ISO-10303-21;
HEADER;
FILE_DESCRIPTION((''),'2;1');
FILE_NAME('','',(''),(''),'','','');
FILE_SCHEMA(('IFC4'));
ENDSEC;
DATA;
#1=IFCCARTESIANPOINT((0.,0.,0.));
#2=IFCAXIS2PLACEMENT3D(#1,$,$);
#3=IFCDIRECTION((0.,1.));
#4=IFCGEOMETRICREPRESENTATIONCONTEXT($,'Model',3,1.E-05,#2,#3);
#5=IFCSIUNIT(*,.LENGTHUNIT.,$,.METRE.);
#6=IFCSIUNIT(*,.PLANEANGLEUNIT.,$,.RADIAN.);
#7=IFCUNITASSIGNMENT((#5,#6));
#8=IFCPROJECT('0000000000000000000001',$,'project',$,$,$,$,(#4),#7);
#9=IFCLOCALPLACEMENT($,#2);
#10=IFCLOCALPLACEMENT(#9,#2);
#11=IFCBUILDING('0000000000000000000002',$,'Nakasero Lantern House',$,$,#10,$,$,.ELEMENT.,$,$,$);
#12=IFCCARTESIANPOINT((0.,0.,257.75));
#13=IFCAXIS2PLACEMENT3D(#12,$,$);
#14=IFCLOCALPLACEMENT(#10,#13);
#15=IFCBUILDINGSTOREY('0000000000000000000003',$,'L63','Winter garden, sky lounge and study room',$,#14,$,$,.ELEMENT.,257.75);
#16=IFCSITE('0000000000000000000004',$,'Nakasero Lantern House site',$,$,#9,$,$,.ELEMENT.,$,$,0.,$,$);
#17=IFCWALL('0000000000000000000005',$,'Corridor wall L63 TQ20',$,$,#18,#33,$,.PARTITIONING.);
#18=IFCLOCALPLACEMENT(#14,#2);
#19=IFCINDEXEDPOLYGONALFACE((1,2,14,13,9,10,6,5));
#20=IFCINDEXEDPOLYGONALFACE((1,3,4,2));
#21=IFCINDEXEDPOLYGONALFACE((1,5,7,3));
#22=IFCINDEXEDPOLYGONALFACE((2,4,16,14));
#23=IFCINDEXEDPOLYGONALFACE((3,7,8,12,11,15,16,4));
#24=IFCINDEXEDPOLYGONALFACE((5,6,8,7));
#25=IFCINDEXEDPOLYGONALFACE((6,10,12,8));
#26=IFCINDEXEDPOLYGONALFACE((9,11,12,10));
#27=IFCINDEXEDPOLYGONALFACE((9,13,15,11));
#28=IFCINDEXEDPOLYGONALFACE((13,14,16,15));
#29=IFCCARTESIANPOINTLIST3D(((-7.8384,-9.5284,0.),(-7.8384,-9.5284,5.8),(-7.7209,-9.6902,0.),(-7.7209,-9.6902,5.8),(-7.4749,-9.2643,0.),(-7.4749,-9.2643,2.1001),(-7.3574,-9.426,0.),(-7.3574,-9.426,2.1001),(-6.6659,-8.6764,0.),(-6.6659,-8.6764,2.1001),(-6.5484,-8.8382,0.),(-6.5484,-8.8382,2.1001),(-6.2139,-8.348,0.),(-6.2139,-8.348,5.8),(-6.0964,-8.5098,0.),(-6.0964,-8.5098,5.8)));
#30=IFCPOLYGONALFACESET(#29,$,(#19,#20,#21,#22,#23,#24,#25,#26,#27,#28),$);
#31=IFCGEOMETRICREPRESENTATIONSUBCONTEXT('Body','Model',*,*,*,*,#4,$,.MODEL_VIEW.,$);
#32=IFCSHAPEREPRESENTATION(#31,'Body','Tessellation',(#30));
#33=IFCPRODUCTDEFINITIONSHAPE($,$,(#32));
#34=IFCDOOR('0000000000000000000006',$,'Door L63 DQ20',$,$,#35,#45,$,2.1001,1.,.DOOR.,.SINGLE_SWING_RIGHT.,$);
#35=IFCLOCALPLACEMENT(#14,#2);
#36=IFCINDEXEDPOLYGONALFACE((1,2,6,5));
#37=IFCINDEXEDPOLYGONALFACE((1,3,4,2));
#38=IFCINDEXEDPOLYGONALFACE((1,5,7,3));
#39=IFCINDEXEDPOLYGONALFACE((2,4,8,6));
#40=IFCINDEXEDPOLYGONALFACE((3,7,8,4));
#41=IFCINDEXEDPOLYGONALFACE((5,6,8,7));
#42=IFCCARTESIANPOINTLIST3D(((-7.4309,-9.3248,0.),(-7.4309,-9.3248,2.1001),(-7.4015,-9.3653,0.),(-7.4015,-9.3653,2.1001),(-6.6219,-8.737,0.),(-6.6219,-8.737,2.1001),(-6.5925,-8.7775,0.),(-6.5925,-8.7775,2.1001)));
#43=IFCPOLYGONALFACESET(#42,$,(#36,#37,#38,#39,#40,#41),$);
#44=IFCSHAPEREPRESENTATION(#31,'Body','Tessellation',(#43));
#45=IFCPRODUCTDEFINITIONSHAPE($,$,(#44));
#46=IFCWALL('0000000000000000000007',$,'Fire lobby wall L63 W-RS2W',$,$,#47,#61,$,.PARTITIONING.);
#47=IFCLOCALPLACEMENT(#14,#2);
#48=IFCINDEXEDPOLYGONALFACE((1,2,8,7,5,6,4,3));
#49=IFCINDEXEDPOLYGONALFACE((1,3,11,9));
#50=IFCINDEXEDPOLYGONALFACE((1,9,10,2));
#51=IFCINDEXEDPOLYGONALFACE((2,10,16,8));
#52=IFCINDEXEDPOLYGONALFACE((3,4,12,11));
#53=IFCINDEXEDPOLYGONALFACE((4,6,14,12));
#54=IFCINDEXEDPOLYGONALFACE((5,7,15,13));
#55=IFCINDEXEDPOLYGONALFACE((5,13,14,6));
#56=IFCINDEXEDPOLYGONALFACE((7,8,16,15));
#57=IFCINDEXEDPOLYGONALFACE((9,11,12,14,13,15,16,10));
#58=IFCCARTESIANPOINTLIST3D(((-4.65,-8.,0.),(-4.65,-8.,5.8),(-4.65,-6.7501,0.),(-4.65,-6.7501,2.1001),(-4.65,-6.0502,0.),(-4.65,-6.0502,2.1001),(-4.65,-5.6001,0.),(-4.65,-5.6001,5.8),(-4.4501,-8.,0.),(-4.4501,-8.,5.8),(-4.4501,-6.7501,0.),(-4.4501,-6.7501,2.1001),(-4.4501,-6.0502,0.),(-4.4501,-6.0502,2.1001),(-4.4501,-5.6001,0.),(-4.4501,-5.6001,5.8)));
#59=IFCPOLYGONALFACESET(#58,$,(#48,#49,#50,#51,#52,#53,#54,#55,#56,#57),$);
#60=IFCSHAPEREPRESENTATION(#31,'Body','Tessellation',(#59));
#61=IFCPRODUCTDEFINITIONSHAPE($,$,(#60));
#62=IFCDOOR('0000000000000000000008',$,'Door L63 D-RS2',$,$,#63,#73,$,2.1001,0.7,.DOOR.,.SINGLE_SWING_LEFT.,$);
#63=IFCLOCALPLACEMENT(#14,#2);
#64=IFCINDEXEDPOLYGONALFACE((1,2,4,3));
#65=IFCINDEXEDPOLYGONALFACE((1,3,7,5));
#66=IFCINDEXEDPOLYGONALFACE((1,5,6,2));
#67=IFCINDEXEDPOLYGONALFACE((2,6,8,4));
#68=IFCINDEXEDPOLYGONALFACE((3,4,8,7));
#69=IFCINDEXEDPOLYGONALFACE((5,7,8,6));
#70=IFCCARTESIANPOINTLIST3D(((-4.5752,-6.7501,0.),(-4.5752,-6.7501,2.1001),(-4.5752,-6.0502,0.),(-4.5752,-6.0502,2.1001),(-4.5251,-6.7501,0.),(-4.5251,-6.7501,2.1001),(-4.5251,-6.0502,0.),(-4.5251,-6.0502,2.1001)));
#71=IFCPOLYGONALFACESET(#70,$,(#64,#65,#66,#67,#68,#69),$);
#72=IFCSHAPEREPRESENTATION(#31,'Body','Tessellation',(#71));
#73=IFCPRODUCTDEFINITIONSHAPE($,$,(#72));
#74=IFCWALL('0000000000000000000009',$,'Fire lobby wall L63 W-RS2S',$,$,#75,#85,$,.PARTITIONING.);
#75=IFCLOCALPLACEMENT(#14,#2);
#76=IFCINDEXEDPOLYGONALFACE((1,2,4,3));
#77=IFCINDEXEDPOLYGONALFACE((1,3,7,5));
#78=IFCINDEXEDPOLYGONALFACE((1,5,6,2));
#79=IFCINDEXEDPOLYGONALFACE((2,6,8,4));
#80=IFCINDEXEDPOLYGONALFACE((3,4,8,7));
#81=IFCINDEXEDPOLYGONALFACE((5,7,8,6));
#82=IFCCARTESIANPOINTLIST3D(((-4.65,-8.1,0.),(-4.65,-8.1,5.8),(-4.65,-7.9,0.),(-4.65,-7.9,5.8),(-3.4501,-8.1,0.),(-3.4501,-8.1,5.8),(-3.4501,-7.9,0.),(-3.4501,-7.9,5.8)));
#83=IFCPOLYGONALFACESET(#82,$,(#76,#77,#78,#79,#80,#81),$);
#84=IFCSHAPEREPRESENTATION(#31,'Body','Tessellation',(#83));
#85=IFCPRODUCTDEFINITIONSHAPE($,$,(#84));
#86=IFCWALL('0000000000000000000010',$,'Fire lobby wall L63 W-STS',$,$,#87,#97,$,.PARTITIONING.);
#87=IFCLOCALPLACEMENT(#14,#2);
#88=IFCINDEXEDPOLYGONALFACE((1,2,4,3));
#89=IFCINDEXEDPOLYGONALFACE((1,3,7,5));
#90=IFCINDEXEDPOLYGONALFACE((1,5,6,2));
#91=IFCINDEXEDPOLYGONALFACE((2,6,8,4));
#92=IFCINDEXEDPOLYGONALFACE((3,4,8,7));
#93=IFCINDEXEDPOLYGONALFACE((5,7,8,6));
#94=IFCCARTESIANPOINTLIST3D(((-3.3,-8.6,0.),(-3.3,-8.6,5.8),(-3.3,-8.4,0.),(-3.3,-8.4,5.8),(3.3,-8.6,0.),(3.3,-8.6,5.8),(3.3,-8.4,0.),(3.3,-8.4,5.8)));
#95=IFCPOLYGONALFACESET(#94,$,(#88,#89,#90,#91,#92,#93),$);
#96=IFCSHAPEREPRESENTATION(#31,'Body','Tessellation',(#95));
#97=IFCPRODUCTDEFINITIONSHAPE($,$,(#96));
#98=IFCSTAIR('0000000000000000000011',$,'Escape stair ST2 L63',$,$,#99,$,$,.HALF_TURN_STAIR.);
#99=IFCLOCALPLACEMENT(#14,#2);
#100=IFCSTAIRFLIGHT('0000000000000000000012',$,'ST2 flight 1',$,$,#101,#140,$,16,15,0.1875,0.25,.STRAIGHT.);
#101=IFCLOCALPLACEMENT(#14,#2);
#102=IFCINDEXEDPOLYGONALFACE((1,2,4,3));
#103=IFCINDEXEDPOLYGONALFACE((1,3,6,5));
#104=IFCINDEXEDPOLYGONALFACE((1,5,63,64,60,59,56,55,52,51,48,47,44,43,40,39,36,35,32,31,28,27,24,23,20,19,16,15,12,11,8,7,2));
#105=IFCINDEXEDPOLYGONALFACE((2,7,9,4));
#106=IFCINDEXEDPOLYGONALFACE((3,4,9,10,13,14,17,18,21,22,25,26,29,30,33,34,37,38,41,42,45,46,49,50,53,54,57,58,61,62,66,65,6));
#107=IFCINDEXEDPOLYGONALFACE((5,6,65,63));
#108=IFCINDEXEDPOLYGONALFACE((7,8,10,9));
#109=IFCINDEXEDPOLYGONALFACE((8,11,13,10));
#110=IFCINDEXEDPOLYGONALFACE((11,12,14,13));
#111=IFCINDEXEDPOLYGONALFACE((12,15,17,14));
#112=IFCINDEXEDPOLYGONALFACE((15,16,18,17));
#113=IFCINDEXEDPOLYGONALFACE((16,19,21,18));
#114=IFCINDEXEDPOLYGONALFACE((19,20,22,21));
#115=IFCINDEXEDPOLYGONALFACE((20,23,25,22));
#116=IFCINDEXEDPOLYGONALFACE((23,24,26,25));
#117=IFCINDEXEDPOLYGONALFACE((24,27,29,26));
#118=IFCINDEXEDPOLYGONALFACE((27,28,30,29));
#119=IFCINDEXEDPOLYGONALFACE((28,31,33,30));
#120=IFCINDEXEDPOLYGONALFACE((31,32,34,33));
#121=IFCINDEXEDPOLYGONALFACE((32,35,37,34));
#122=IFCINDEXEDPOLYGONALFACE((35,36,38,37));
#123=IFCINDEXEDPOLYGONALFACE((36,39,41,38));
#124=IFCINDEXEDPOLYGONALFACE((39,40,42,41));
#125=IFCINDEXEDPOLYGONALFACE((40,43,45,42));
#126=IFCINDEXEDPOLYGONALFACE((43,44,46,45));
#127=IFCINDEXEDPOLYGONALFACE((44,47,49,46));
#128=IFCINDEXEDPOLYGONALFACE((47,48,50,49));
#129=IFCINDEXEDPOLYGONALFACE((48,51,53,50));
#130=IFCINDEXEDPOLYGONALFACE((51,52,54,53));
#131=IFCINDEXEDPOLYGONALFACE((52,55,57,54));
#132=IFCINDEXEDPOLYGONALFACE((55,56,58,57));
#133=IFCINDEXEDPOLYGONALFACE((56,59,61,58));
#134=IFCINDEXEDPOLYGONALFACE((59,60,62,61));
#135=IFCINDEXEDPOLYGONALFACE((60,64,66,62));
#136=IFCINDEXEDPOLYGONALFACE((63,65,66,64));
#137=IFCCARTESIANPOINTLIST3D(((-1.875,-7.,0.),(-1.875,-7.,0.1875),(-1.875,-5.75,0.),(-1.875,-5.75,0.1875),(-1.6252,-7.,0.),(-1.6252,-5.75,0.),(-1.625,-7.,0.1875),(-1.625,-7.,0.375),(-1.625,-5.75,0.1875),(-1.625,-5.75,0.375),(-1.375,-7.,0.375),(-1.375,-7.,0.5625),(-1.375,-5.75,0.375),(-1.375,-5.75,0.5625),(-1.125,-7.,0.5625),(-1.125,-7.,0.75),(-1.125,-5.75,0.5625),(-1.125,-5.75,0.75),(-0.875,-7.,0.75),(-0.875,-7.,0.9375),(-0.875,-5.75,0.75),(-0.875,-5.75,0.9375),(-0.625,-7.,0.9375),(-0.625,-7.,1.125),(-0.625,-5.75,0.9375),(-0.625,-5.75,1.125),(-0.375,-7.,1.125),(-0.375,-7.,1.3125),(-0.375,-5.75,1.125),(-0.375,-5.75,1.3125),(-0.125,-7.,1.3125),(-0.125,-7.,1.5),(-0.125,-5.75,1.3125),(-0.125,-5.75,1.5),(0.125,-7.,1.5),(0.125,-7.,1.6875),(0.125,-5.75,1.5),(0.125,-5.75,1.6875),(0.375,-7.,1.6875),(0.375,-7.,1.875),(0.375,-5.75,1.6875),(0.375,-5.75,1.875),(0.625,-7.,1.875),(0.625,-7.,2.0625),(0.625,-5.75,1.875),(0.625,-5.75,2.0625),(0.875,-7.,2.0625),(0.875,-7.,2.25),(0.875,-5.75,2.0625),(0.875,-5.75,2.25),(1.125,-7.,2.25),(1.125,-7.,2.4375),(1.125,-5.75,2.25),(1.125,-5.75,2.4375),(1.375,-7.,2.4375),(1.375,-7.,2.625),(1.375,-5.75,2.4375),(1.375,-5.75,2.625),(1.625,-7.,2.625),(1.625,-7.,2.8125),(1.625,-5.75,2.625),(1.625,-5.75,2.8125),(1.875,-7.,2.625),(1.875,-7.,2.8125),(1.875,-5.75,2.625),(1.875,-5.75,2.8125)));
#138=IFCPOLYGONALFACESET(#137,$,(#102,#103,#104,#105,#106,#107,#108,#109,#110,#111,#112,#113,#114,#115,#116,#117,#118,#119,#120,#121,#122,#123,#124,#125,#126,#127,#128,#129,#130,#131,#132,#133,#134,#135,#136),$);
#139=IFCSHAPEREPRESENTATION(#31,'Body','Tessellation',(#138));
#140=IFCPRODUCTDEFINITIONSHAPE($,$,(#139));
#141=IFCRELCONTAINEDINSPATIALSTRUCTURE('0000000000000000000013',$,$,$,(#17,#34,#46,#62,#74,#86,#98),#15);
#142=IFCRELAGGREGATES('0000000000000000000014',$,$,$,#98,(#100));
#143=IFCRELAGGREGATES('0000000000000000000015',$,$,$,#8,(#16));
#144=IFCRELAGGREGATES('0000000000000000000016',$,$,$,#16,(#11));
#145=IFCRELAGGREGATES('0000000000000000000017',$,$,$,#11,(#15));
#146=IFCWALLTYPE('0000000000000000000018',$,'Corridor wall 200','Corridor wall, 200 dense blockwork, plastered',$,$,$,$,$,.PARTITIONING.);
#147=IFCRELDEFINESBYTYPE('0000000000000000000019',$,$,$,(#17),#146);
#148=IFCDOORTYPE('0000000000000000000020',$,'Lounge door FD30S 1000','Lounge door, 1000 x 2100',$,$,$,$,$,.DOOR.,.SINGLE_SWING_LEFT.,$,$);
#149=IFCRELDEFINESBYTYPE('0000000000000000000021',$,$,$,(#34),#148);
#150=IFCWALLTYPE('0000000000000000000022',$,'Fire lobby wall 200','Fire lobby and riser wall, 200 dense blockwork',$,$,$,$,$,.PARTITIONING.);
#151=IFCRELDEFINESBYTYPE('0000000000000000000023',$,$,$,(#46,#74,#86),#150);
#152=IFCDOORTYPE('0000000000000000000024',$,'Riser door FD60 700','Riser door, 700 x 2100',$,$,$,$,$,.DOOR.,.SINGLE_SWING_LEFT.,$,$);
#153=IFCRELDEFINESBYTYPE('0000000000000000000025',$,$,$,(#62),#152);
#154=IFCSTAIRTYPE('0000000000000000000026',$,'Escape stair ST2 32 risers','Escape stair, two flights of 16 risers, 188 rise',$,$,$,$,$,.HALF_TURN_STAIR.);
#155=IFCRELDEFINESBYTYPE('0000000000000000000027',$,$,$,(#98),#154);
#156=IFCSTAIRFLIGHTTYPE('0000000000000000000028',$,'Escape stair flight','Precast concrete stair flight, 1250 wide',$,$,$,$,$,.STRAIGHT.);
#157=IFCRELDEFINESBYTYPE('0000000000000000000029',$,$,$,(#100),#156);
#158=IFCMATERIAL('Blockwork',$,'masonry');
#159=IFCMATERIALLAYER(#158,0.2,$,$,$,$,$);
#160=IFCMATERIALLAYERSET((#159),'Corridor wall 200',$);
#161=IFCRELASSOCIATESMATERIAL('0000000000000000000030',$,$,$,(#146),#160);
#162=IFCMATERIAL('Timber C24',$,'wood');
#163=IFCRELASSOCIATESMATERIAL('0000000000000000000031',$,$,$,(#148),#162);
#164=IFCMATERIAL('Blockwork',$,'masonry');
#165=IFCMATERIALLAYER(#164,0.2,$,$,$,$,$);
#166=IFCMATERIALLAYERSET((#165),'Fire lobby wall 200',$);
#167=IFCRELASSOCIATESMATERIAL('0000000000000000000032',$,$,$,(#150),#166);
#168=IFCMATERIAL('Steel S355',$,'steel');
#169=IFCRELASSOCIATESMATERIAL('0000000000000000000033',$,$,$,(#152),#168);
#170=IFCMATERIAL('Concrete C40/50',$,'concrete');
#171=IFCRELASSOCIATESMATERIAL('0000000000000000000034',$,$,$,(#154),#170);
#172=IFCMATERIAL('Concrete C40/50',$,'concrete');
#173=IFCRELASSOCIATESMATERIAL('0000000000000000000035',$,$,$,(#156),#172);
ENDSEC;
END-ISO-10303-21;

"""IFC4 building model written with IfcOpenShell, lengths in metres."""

from ifc_helpers import new_model, si_unit, direction, frame, frame_2d, origin, place, context, subcontext, project, spatial, polyline, rectangle, outline, extrude, material, layer, layer_set, type_object, element, fill, aggregate, save


model = new_model("IFC4")

# Units and contexts
model_context = context("Model", 3, precision=1e-05, world=origin(), true_north=direction((0.0, 1.0)))
body_context = subcontext(model_context, "Body", "Model", "MODEL_VIEW")
ifc_project = project(units=[si_unit("LENGTHUNIT", "METRE"), si_unit("PLANEANGLEUNIT", "RADIAN")], contexts=[model_context])

# Site, building, storey
site_placement = place(None, origin())
site = spatial("IfcSite", under=ifc_project, at=site_placement, Name="Nakasero Lantern House site", CompositionType="ELEMENT", RefElevation=0.0)
building_placement = place(site_placement, origin())
building = spatial("IfcBuilding", under=site, at=building_placement, Name="Nakasero Lantern House", CompositionType="ELEMENT")
storey_placement = place(building_placement, frame((0.0, 0.0, 257.75)))
storey = spatial("IfcBuildingStorey", under=building, at=storey_placement, Name="L63", Description="Winter garden, sky lounge and study room", CompositionType="ELEMENT", Elevation=257.75)

# Walls, openings, doors
ifc_material_1 = material(Name="Blockwork", Category="masonry")
ifc_layer_1 = layer(ifc_material_1, 0.2)
ifc_layer_set_1 = layer_set([ifc_layer_1], Name="Corridor wall 200")
wall_type_1 = type_object("IfcWallType", Name="Corridor wall 200", Description="Corridor wall, 200 dense blockwork, plastered", PredefinedType="PARTITIONING", material=ifc_layer_set_1)
wall_1_placement = place(storey_placement, frame((-6.1553, -8.429, 0.0), z_axis=(0.0, 0.0, 1.0), x_axis=(-0.808983, -0.587832, 0.0)))
wall_1 = element("IfcWall", 1, at=wall_1_placement, inside=storey, type_object=wall_type_1, Name="Corridor wall L63 TQ20", PredefinedType="PARTITIONING", context=body_context, shape_type="SweptSolid", body=[
    extrude(rectangle(XDim=2.0081, YDim=0.2, at=frame_2d((1.0039, 0.0))), origin(), (0.0, 0.0, 1.0), 5.8),
])
opening_1_placement = place(wall_1_placement, frame((0.5586, 0.0, 0.0)))
opening_1 = element("IfcOpeningElement", 2, at=opening_1_placement, cuts=wall_1, PredefinedType="OPENING", context=body_context, shape_type="SweptSolid", body=[
    extrude(rectangle(XDim=1.0, YDim=2.1001, at=frame_2d((0.5, 1.05))), frame((0.0, 0.1199, 0.0), z_axis=(0.0, -1.0, 0.0), x_axis=(1.0, 0.0, 0.0)), (0.0, 0.0, 1.0), 0.24),
])
ifc_material_2 = material(Name="Timber C24", Category="wood")
door_type_1 = type_object("IfcDoorType", Name="Lounge door FD30S 1000", Description="Lounge door, 1000 x 2100", OperationType="SINGLE_SWING_LEFT", PredefinedType="DOOR", material=ifc_material_2)
door_1_placement = place(opening_1_placement, origin())
door_1 = element("IfcDoor", 3, at=door_1_placement, inside=storey, type_object=door_type_1, Name="Door L63 DQ20", OperationType="SINGLE_SWING_RIGHT", OverallHeight=2.1001, OverallWidth=1.0, PredefinedType="DOOR", context=body_context, shape_type="SweptSolid", body=[
    extrude(rectangle(XDim=1.0, YDim=2.1001, at=frame_2d((0.5, 1.05))), frame((0.0, 0.0249, 0.0), z_axis=(0.0, -1.0, 0.0), x_axis=(1.0, 0.0, 0.0)), (0.0, 0.0, 1.0), 0.05),
])
fill(opening_1, door_1)
ifc_material_3 = material(Name="Blockwork", Category="masonry")
ifc_layer_2 = layer(ifc_material_3, 0.2)
ifc_layer_set_2 = layer_set([ifc_layer_2], Name="Fire lobby wall 200")
wall_type_2 = type_object("IfcWallType", Name="Fire lobby wall 200", Description="Fire lobby and riser wall, 200 dense blockwork", PredefinedType="PARTITIONING", material=ifc_layer_set_2)
wall_2_placement = place(storey_placement, frame((-4.55, -5.6001, 0.0), z_axis=(0.0, 0.0, 1.0), x_axis=(0.0, -1.0, 0.0)))
wall_2 = element("IfcWall", 4, at=wall_2_placement, inside=storey, type_object=wall_type_2, Name="Fire lobby wall L63 W-RS2W", PredefinedType="PARTITIONING", context=body_context, shape_type="SweptSolid", body=[
    extrude(rectangle(XDim=2.3999, YDim=0.2, at=frame_2d((1.2, 0.0))), origin(), (0.0, 0.0, 1.0), 5.8),
])
opening_2_placement = place(wall_2_placement, frame((0.45, 0.0, 0.0)))
opening_2 = element("IfcOpeningElement", 5, at=opening_2_placement, cuts=wall_2, PredefinedType="OPENING", context=body_context, shape_type="SweptSolid", body=[
    extrude(rectangle(XDim=0.7, YDim=2.1001, at=frame_2d((0.3501, 1.05))), frame((0.0, 0.1199, 0.0), z_axis=(0.0, -1.0, 0.0), x_axis=(1.0, 0.0, 0.0)), (0.0, 0.0, 1.0), 0.24),
])
ifc_material_4 = material(Name="Steel S355", Category="steel")
door_type_2 = type_object("IfcDoorType", Name="Riser door FD60 700", Description="Riser door, 700 x 2100", OperationType="SINGLE_SWING_LEFT", PredefinedType="DOOR", material=ifc_material_4)
door_2_placement = place(opening_2_placement, origin())
door_2 = element("IfcDoor", 6, at=door_2_placement, inside=storey, type_object=door_type_2, Name="Door L63 D-RS2", OperationType="SINGLE_SWING_LEFT", OverallHeight=2.1001, OverallWidth=0.7, PredefinedType="DOOR", context=body_context, shape_type="SweptSolid", body=[
    extrude(rectangle(XDim=0.7, YDim=2.1001, at=frame_2d((0.3501, 1.05))), frame((0.0, 0.0249, 0.0), z_axis=(0.0, -1.0, 0.0), x_axis=(1.0, 0.0, 0.0)), (0.0, 0.0, 1.0), 0.05),
])
fill(opening_2, door_2)

# Walls
wall_3_placement = place(storey_placement, frame((-3.45, -8.0, 0.0), z_axis=(0.0, 0.0, 1.0), x_axis=(-1.0, 0.0, 0.0)))
element("IfcWall", 7, at=wall_3_placement, inside=storey, type_object=wall_type_2, Name="Fire lobby wall L63 W-RS2S", PredefinedType="PARTITIONING", context=body_context, shape_type="SweptSolid", body=[
    extrude(rectangle(XDim=1.2, YDim=0.2, at=frame_2d((0.6001, 0.0))), origin(), (0.0, 0.0, 1.0), 5.8),
])
wall_4_placement = place(storey_placement, frame((-3.3, -8.5, 0.0), z_axis=(0.0, 0.0, 1.0), x_axis=(1.0, 0.0, 0.0)))
element("IfcWall", 8, at=wall_4_placement, inside=storey, type_object=wall_type_2, Name="Fire lobby wall L63 W-STS", PredefinedType="PARTITIONING", context=body_context, shape_type="SweptSolid", body=[
    extrude(rectangle(XDim=6.6001, YDim=0.2, at=frame_2d((3.3, 0.0))), origin(), (0.0, 0.0, 1.0), 5.8),
])

# Stair, stair flight
ifc_material_5 = material(Name="Concrete C40/50", Category="concrete")
stair_type = type_object("IfcStairType", Name="Escape stair ST2 32 risers", Description="Escape stair, two flights of 16 risers, 188 rise", PredefinedType="HALF_TURN_STAIR", material=ifc_material_5)
stair_placement = place(storey_placement, origin())
stair = element("IfcStair", 9, at=stair_placement, inside=storey, type_object=stair_type, Name="Escape stair ST2 L63", PredefinedType="HALF_TURN_STAIR")
ifc_material_6 = material(Name="Concrete C40/50", Category="concrete")
stair_flight_type = type_object("IfcStairFlightType", Name="Escape stair flight", Description="Precast concrete stair flight, 1250 wide", PredefinedType="STRAIGHT", material=ifc_material_6)
stair_flight_placement = place(storey_placement, frame((-1.875, -6.375, 0.0), z_axis=(0.0, 0.0, 1.0), x_axis=(1.0, 0.0, 0.0)))
stair_flight = element("IfcStairFlight", 10, at=stair_flight_placement, type_object=stair_flight_type, Name="ST2 flight 1", NumberOfRisers=16, NumberOfTreads=15, PredefinedType="STRAIGHT", RiserHeight=0.1875, TreadLength=0.25, context=body_context, shape_type="SweptSolid", body=[
    extrude(outline(polyline([(0.0, 0.0), (0.0, 0.1875), (0.25, 0.1875), (0.25, 0.375), (0.5, 0.375), (0.5, 0.5625), (0.75, 0.5625), (0.75, 0.75), (1.0, 0.75), (1.0, 0.9375), (1.25, 0.9375), (1.25, 1.125), (1.5, 1.125), (1.5, 1.3125), (1.75, 1.3125), (1.75, 1.5), (2.0, 1.5), (2.0, 1.6875), (2.25, 1.6875), (2.25, 1.875), (2.5, 1.875), (2.5, 2.0625), (2.75, 2.0625), (2.75, 2.25), (3.0, 2.25), (3.0, 2.4375), (3.25, 2.4375), (3.25, 2.625), (3.5, 2.625), (3.5, 2.8125), (3.75, 2.8125), (3.75, 3.0), (3.75, 2.625), (0.2498, 0.0), (0.0, 0.0)])), frame((0.0, 0.625, 0.0), z_axis=(0.0, -1.0, 0.0), x_axis=(1.0, 0.0, 0.0)), (0.0, 0.0, 1.0), 1.25),
])
aggregate(stair, [stair_flight])

save(model, "model.ifc")
